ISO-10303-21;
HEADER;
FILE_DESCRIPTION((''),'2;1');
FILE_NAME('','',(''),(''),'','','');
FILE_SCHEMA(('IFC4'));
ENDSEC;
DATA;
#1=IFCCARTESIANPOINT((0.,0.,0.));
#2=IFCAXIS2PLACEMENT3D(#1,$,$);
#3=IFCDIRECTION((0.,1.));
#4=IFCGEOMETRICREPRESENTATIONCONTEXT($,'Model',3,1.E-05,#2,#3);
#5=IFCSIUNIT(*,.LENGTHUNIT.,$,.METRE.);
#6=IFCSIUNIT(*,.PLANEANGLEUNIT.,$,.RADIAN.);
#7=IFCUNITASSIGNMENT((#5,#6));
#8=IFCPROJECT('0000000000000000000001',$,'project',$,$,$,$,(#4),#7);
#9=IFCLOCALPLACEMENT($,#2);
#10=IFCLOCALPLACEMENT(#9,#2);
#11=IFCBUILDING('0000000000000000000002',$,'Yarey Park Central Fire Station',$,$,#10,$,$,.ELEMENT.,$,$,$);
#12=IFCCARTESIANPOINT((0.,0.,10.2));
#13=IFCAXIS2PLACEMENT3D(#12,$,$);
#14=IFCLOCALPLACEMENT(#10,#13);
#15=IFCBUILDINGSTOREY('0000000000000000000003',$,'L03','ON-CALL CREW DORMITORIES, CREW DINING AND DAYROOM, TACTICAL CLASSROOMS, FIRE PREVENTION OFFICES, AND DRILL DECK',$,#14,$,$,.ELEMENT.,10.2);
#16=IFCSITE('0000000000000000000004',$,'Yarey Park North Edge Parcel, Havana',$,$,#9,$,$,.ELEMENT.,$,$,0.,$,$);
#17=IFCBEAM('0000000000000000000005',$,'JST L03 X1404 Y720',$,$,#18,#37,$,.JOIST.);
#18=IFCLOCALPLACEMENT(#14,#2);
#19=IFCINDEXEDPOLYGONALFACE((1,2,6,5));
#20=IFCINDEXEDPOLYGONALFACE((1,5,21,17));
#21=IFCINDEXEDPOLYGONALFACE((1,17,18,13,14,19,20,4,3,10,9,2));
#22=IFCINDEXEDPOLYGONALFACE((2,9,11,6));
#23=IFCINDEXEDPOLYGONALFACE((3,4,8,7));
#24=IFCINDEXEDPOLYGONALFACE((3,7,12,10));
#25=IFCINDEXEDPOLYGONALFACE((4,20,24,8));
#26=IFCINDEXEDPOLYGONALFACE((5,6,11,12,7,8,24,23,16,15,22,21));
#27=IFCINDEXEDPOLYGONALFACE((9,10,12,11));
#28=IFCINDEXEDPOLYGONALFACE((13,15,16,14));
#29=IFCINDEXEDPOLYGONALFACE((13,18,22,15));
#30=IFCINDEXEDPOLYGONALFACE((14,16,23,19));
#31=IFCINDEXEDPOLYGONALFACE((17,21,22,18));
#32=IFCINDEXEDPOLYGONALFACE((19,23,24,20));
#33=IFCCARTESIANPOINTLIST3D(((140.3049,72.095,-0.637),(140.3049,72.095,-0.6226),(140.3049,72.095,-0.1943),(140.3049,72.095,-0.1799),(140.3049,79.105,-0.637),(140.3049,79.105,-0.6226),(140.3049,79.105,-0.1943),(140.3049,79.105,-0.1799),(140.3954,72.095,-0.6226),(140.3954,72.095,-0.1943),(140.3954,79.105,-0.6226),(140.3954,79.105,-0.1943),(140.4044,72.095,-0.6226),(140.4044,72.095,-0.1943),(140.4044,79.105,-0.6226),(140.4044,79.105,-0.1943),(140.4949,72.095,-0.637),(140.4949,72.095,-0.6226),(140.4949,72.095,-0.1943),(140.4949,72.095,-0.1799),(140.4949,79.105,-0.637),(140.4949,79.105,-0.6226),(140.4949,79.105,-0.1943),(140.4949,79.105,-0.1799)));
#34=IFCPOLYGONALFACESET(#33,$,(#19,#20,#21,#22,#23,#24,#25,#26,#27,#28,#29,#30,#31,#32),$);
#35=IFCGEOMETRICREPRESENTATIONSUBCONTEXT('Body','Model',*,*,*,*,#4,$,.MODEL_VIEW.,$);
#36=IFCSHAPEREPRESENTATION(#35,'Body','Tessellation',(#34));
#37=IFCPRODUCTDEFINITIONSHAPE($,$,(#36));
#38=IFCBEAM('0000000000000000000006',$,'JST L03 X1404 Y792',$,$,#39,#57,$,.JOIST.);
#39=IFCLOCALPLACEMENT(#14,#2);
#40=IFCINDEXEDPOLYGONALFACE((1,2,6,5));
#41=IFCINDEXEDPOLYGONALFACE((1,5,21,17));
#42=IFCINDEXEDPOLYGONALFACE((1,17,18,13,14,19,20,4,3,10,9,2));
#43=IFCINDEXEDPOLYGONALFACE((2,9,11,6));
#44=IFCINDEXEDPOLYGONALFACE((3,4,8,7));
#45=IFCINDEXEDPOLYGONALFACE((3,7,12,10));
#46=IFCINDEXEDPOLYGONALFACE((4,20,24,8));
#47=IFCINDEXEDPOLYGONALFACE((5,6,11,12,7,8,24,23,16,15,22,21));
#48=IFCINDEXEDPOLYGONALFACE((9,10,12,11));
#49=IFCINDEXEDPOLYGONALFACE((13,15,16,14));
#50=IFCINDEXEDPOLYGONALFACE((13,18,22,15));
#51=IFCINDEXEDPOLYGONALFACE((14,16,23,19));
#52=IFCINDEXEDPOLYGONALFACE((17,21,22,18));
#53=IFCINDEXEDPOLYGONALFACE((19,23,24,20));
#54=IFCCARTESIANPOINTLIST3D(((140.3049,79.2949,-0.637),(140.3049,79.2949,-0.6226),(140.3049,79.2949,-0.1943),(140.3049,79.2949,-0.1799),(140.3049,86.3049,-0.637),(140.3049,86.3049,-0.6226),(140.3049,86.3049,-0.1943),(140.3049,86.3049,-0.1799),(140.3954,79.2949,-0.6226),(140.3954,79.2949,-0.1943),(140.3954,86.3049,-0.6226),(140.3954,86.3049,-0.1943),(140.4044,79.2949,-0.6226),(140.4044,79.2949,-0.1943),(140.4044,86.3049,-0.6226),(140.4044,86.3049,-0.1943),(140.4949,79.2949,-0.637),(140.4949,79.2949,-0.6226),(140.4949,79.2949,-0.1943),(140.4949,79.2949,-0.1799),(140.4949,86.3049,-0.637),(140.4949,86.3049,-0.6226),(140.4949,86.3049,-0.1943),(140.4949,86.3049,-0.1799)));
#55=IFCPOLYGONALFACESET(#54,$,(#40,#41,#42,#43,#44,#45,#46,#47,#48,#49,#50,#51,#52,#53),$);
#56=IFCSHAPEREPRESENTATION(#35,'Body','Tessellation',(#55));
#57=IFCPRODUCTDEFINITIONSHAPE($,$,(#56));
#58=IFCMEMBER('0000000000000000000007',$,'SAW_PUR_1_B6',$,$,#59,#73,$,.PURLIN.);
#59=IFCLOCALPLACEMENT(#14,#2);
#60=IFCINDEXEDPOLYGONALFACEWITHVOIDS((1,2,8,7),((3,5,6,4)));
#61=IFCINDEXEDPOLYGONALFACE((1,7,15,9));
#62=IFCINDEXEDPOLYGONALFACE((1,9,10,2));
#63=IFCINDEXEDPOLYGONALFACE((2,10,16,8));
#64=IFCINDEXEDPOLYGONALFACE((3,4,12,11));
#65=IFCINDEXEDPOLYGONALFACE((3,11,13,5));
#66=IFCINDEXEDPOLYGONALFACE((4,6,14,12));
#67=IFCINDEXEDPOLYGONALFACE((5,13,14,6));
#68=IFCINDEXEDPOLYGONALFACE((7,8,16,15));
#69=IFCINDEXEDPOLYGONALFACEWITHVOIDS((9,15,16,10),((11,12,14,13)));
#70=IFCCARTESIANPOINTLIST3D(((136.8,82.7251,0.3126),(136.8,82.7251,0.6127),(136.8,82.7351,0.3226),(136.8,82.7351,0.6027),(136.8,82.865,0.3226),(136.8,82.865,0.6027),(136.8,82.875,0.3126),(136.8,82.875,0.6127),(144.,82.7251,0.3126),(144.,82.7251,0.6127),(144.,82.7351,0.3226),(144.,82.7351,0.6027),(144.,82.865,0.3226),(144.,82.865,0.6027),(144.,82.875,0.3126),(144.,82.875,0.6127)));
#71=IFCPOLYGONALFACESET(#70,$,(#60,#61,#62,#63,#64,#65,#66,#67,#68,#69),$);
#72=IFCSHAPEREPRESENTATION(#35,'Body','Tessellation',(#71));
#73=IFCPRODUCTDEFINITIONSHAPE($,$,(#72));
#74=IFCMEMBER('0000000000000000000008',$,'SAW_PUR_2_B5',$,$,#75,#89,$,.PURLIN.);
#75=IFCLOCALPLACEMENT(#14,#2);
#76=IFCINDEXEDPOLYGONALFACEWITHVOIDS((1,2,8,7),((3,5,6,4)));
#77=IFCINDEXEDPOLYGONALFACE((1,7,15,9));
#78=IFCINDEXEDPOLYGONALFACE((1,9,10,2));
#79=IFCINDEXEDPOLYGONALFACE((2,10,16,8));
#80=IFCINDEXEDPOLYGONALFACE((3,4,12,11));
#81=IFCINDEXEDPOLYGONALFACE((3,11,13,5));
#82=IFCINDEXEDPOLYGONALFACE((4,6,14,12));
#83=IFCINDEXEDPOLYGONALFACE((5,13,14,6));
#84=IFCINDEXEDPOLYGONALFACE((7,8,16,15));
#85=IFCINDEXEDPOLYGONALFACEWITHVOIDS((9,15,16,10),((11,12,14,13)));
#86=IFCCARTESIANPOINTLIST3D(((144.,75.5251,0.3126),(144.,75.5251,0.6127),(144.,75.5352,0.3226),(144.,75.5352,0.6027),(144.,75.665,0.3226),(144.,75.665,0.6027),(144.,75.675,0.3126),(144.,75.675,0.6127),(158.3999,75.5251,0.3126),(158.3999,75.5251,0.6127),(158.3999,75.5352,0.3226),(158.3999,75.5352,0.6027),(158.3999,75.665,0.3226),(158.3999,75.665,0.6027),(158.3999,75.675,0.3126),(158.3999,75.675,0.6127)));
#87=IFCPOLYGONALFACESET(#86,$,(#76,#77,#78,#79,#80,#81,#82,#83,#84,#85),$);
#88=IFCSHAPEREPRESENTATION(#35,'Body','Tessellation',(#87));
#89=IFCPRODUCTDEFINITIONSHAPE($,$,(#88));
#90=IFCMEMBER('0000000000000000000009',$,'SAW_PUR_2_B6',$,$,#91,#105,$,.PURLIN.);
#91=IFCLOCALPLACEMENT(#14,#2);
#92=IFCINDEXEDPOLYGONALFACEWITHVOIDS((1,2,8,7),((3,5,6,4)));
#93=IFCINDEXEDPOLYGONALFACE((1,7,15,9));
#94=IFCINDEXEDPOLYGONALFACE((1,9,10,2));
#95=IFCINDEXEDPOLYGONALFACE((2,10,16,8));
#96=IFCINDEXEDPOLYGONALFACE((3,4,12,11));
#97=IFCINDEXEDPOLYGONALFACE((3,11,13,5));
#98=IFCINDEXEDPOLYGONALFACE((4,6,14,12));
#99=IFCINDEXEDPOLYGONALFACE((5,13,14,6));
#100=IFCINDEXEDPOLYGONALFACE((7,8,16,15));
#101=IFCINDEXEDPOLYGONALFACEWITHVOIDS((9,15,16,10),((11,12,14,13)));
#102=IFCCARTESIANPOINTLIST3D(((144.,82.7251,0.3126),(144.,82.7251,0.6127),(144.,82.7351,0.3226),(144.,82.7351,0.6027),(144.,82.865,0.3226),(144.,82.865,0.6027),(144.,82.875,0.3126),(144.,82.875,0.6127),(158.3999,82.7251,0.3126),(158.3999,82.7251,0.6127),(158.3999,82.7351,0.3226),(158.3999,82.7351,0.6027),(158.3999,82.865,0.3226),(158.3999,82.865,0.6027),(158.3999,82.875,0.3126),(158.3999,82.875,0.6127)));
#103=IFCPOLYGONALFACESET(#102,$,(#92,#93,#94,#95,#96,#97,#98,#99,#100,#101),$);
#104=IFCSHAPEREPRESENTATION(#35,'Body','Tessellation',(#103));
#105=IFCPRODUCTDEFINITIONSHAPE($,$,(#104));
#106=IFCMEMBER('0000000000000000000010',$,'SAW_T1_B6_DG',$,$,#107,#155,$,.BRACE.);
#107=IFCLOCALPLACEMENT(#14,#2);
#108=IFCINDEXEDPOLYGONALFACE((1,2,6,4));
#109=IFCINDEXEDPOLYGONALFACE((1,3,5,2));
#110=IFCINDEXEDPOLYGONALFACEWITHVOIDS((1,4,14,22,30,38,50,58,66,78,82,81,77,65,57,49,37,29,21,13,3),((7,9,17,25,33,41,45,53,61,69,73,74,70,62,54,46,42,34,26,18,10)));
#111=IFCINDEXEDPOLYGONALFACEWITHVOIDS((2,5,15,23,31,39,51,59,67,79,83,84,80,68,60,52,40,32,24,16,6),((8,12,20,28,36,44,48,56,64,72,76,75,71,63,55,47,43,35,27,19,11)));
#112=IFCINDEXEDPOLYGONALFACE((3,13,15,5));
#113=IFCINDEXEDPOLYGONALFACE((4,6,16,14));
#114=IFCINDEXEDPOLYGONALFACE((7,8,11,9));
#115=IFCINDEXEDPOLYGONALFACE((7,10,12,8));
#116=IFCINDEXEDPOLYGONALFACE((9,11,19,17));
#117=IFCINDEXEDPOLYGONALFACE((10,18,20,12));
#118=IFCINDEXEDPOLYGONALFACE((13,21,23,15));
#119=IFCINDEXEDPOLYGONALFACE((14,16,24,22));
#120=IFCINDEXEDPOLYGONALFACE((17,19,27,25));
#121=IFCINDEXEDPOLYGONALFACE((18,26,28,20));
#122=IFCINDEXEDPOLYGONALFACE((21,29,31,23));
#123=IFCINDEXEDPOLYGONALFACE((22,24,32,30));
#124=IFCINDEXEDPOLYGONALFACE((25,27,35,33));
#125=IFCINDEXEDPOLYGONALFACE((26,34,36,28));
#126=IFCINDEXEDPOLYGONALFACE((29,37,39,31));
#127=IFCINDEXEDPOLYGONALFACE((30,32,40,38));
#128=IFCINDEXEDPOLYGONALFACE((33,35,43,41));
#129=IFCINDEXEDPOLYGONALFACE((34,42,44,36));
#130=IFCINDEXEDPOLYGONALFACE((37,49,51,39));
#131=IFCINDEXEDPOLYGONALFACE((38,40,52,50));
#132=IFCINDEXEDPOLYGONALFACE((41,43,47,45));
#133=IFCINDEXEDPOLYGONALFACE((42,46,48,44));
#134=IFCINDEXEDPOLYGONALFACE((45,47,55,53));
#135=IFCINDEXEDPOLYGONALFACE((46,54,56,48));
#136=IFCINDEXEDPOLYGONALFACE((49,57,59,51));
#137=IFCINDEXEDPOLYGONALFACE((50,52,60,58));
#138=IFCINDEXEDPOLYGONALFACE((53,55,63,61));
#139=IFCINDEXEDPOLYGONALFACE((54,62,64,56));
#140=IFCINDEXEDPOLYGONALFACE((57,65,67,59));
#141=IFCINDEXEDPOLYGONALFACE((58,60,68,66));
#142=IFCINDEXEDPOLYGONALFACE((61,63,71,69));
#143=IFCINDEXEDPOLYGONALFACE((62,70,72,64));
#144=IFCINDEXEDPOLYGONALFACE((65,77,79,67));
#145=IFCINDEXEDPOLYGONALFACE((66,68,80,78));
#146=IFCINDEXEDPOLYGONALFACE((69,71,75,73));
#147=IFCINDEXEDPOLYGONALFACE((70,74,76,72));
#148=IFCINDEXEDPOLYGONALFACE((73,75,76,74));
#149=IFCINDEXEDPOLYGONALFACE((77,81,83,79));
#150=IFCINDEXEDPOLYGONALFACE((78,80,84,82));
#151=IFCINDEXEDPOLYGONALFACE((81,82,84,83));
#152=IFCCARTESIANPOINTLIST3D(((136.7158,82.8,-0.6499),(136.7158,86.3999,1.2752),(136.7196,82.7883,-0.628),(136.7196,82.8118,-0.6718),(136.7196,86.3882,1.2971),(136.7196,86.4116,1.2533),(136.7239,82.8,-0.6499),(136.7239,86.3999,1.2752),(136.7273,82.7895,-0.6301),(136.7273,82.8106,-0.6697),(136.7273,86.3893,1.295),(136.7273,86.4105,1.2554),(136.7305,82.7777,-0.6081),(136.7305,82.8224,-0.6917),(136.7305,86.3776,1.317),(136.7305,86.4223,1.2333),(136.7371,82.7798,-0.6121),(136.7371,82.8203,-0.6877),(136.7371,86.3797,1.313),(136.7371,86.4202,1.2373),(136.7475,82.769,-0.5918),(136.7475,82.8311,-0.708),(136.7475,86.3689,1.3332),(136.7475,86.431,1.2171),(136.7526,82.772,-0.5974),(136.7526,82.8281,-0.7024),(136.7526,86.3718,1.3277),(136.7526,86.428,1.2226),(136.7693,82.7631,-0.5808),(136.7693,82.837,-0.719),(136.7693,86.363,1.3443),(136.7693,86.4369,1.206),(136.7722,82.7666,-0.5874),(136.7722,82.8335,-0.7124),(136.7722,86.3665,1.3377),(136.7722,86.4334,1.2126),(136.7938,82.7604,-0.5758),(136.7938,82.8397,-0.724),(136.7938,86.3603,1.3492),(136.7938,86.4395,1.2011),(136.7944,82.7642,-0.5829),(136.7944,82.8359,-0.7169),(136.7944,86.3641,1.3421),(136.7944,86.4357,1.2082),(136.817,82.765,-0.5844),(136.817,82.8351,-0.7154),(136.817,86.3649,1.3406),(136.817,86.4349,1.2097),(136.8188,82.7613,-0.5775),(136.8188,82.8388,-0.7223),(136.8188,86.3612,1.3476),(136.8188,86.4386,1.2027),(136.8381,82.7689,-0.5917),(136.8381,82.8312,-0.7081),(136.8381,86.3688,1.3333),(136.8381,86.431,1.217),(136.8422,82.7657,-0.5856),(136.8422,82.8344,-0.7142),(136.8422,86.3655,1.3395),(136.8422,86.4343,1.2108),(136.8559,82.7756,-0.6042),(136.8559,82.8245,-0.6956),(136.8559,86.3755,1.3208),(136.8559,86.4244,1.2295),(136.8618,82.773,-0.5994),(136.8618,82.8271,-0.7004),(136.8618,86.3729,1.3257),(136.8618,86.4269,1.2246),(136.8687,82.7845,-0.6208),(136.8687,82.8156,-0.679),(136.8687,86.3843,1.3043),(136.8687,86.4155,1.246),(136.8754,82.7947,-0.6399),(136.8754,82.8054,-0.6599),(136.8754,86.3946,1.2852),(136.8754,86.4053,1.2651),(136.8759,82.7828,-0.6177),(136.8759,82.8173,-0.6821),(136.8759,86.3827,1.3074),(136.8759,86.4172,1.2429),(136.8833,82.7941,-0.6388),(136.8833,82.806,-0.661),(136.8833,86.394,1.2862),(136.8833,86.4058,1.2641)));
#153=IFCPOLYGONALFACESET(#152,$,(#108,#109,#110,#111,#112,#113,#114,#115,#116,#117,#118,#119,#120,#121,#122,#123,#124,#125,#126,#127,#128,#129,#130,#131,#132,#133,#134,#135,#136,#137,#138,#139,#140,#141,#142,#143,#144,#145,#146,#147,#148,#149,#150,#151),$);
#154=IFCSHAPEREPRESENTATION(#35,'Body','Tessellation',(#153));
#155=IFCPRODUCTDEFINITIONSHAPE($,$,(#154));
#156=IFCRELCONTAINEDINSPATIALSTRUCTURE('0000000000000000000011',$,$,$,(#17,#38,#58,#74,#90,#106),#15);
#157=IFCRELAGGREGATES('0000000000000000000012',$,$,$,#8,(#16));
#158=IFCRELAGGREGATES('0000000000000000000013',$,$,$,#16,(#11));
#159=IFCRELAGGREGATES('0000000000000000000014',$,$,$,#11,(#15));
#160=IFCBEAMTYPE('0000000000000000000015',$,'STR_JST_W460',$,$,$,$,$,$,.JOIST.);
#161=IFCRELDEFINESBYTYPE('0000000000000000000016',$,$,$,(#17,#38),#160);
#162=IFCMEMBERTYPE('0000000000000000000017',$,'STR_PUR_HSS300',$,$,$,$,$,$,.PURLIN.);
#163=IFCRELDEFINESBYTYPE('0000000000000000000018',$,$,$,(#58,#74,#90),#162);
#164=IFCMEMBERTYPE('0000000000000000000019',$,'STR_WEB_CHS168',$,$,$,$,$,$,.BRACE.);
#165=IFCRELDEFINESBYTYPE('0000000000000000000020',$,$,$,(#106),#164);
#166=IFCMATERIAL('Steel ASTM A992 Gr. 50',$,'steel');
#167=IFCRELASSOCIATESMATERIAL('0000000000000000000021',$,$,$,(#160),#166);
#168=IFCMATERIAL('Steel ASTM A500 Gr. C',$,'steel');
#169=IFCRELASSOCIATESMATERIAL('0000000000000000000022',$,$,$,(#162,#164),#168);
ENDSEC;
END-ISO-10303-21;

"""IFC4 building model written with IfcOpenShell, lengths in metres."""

from ifc_helpers import new_model, si_unit, direction, frame, origin, origin_2d, place, context, subcontext, project, spatial, hollow_rectangle, hollow_circle, i_section, extrude, material, material_profile, profile_set, type_object, element, save


model = new_model("IFC4")

# Units and contexts
model_context = context("Model", 3, precision=1e-05, world=origin(), true_north=direction((0.0, 1.0)))
body_context = subcontext(model_context, "Body", "Model", "MODEL_VIEW")
ifc_project = project(units=[si_unit("LENGTHUNIT", "METRE"), si_unit("PLANEANGLEUNIT", "RADIAN")], contexts=[model_context])

# Site, building, storey
site_placement = place(None, origin())
site = spatial("IfcSite", under=ifc_project, at=site_placement, Name="Yarey Park North Edge Parcel, Havana", CompositionType="ELEMENT", RefElevation=0.0)
building_placement = place(site_placement, origin())
building = spatial("IfcBuilding", under=site, at=building_placement, Name="Yarey Park Central Fire Station", CompositionType="ELEMENT")
storey_placement = place(building_placement, frame((0.0, 0.0, 10.2)))
storey = spatial("IfcBuildingStorey", under=building, at=storey_placement, Name="L03", Description="ON-CALL CREW DORMITORIES, CREW DINING AND DAYROOM, TACTICAL CLASSROOMS, FIRE PREVENTION OFFICES, AND DRILL DECK", CompositionType="ELEMENT", Elevation=10.2)

# Shared definitions
ifc_material_1 = material(Name="Steel ASTM A992 Gr. 50", Category="steel")

# Shared definitions
ifc_material_2 = material(Name="Steel ASTM A500 Gr. C", Category="steel")

# Beams
ifc_material_profile_1 = material_profile(ifc_material_1, i_section(OverallWidth=0.1899, OverallDepth=0.457, WebThickness=0.009, FlangeThickness=0.0144, at=origin_2d()), Name="W460x74")
ifc_profile_set_1 = profile_set([ifc_material_profile_1], Name="Steel ASTM A992 Gr. 50")
beam_type_1 = type_object("IfcBeamType", Name="STR_JST_W460", PredefinedType="JOIST", material=ifc_profile_set_1)
for number, where, z_axis, x_axis, name in (
    (1, (140.3999, 72.095, -0.4084), (0.0, 1.0, 0.0), (-1.0, 0.0, 0.0), "JST L03 X1404 Y720"),
    (2, (140.3999, 79.2949, -0.4084), (0.0, 1.0, 0.0), (-1.0, 0.0, 0.0), "JST L03 X1404 Y792"),
):
    element("IfcBeam", number, at=place(storey_placement, frame(where, z_axis=z_axis, x_axis=x_axis)), inside=storey, type_object=beam_type_1, Name=name, PredefinedType="JOIST", context=body_context, shape_type="SweptSolid", body=[
        extrude(i_section(OverallWidth=0.1899, OverallDepth=0.457, WebThickness=0.009, FlangeThickness=0.0144, at=origin_2d()), origin(), (0.0, 0.0, 1.0), 7.01),
    ])

# Members
ifc_material_profile_2 = material_profile(ifc_material_2, hollow_rectangle(XDim=0.1499, YDim=0.3, WallThickness=0.01, at=origin_2d()), Name="HSS 300x150x10")
ifc_profile_set_2 = profile_set([ifc_material_profile_2], Name="Steel ASTM A500 Gr. C")
member_type_1 = type_object("IfcMemberType", Name="STR_PUR_HSS300", PredefinedType="PURLIN", material=ifc_profile_set_2)
member_1_placement = place(storey_placement, frame((136.8, 82.8, 0.4626), z_axis=(1.0, 0.0, 0.0), x_axis=(0.0, 1.0, 0.0)))
element("IfcMember", 3, at=member_1_placement, inside=storey, type_object=member_type_1, Name="SAW_PUR_1_B6", PredefinedType="PURLIN", context=body_context, shape_type="SweptSolid", body=[
    extrude(hollow_rectangle(XDim=0.1499, YDim=0.3, WallThickness=0.01, at=origin_2d()), origin(), (0.0, 0.0, 1.0), 7.2),
])
for number, where, z_axis, x_axis, name in (
    (4, (144.0, 75.6001, 0.4626), (1.0, 0.0, 0.0), (0.0, 1.0, 0.0), "SAW_PUR_2_B5"),
    (5, (144.0, 82.8, 0.4626), (1.0, 0.0, 0.0), (0.0, 1.0, 0.0), "SAW_PUR_2_B6"),
):
    element("IfcMember", number, at=place(storey_placement, frame(where, z_axis=z_axis, x_axis=x_axis)), inside=storey, type_object=member_type_1, Name=name, PredefinedType="PURLIN", context=body_context, shape_type="SweptSolid", body=[
        extrude(hollow_rectangle(XDim=0.1499, YDim=0.3, WallThickness=0.01, at=origin_2d()), origin(), (0.0, 0.0, 1.0), 14.3999),
    ])
ifc_material_profile_3 = material_profile(ifc_material_2, hollow_circle(Radius=0.0842, WallThickness=0.0081, at=origin_2d()), Name="CHS 168.3x8")
ifc_profile_set_3 = profile_set([ifc_material_profile_3], Name="Steel ASTM A500 Gr. C")
member_type_2 = type_object("IfcMemberType", Name="STR_WEB_CHS168", PredefinedType="BRACE", material=ifc_profile_set_3)
member_2_placement = place(storey_placement, frame((136.8, 82.8, -0.6499), z_axis=(0.0, 0.881831, 0.471566), x_axis=(-1.0, 0.0, 0.0)))
element("IfcMember", 6, at=member_2_placement, inside=storey, type_object=member_type_2, Name="SAW_T1_B6_DG", PredefinedType="BRACE", context=body_context, shape_type="SweptSolid", body=[
    extrude(hollow_circle(Radius=0.0842, WallThickness=0.0081, at=origin_2d()), origin(), (0.0, 0.0, 1.0), 4.0823),
])

save(model, "model.ifc")
